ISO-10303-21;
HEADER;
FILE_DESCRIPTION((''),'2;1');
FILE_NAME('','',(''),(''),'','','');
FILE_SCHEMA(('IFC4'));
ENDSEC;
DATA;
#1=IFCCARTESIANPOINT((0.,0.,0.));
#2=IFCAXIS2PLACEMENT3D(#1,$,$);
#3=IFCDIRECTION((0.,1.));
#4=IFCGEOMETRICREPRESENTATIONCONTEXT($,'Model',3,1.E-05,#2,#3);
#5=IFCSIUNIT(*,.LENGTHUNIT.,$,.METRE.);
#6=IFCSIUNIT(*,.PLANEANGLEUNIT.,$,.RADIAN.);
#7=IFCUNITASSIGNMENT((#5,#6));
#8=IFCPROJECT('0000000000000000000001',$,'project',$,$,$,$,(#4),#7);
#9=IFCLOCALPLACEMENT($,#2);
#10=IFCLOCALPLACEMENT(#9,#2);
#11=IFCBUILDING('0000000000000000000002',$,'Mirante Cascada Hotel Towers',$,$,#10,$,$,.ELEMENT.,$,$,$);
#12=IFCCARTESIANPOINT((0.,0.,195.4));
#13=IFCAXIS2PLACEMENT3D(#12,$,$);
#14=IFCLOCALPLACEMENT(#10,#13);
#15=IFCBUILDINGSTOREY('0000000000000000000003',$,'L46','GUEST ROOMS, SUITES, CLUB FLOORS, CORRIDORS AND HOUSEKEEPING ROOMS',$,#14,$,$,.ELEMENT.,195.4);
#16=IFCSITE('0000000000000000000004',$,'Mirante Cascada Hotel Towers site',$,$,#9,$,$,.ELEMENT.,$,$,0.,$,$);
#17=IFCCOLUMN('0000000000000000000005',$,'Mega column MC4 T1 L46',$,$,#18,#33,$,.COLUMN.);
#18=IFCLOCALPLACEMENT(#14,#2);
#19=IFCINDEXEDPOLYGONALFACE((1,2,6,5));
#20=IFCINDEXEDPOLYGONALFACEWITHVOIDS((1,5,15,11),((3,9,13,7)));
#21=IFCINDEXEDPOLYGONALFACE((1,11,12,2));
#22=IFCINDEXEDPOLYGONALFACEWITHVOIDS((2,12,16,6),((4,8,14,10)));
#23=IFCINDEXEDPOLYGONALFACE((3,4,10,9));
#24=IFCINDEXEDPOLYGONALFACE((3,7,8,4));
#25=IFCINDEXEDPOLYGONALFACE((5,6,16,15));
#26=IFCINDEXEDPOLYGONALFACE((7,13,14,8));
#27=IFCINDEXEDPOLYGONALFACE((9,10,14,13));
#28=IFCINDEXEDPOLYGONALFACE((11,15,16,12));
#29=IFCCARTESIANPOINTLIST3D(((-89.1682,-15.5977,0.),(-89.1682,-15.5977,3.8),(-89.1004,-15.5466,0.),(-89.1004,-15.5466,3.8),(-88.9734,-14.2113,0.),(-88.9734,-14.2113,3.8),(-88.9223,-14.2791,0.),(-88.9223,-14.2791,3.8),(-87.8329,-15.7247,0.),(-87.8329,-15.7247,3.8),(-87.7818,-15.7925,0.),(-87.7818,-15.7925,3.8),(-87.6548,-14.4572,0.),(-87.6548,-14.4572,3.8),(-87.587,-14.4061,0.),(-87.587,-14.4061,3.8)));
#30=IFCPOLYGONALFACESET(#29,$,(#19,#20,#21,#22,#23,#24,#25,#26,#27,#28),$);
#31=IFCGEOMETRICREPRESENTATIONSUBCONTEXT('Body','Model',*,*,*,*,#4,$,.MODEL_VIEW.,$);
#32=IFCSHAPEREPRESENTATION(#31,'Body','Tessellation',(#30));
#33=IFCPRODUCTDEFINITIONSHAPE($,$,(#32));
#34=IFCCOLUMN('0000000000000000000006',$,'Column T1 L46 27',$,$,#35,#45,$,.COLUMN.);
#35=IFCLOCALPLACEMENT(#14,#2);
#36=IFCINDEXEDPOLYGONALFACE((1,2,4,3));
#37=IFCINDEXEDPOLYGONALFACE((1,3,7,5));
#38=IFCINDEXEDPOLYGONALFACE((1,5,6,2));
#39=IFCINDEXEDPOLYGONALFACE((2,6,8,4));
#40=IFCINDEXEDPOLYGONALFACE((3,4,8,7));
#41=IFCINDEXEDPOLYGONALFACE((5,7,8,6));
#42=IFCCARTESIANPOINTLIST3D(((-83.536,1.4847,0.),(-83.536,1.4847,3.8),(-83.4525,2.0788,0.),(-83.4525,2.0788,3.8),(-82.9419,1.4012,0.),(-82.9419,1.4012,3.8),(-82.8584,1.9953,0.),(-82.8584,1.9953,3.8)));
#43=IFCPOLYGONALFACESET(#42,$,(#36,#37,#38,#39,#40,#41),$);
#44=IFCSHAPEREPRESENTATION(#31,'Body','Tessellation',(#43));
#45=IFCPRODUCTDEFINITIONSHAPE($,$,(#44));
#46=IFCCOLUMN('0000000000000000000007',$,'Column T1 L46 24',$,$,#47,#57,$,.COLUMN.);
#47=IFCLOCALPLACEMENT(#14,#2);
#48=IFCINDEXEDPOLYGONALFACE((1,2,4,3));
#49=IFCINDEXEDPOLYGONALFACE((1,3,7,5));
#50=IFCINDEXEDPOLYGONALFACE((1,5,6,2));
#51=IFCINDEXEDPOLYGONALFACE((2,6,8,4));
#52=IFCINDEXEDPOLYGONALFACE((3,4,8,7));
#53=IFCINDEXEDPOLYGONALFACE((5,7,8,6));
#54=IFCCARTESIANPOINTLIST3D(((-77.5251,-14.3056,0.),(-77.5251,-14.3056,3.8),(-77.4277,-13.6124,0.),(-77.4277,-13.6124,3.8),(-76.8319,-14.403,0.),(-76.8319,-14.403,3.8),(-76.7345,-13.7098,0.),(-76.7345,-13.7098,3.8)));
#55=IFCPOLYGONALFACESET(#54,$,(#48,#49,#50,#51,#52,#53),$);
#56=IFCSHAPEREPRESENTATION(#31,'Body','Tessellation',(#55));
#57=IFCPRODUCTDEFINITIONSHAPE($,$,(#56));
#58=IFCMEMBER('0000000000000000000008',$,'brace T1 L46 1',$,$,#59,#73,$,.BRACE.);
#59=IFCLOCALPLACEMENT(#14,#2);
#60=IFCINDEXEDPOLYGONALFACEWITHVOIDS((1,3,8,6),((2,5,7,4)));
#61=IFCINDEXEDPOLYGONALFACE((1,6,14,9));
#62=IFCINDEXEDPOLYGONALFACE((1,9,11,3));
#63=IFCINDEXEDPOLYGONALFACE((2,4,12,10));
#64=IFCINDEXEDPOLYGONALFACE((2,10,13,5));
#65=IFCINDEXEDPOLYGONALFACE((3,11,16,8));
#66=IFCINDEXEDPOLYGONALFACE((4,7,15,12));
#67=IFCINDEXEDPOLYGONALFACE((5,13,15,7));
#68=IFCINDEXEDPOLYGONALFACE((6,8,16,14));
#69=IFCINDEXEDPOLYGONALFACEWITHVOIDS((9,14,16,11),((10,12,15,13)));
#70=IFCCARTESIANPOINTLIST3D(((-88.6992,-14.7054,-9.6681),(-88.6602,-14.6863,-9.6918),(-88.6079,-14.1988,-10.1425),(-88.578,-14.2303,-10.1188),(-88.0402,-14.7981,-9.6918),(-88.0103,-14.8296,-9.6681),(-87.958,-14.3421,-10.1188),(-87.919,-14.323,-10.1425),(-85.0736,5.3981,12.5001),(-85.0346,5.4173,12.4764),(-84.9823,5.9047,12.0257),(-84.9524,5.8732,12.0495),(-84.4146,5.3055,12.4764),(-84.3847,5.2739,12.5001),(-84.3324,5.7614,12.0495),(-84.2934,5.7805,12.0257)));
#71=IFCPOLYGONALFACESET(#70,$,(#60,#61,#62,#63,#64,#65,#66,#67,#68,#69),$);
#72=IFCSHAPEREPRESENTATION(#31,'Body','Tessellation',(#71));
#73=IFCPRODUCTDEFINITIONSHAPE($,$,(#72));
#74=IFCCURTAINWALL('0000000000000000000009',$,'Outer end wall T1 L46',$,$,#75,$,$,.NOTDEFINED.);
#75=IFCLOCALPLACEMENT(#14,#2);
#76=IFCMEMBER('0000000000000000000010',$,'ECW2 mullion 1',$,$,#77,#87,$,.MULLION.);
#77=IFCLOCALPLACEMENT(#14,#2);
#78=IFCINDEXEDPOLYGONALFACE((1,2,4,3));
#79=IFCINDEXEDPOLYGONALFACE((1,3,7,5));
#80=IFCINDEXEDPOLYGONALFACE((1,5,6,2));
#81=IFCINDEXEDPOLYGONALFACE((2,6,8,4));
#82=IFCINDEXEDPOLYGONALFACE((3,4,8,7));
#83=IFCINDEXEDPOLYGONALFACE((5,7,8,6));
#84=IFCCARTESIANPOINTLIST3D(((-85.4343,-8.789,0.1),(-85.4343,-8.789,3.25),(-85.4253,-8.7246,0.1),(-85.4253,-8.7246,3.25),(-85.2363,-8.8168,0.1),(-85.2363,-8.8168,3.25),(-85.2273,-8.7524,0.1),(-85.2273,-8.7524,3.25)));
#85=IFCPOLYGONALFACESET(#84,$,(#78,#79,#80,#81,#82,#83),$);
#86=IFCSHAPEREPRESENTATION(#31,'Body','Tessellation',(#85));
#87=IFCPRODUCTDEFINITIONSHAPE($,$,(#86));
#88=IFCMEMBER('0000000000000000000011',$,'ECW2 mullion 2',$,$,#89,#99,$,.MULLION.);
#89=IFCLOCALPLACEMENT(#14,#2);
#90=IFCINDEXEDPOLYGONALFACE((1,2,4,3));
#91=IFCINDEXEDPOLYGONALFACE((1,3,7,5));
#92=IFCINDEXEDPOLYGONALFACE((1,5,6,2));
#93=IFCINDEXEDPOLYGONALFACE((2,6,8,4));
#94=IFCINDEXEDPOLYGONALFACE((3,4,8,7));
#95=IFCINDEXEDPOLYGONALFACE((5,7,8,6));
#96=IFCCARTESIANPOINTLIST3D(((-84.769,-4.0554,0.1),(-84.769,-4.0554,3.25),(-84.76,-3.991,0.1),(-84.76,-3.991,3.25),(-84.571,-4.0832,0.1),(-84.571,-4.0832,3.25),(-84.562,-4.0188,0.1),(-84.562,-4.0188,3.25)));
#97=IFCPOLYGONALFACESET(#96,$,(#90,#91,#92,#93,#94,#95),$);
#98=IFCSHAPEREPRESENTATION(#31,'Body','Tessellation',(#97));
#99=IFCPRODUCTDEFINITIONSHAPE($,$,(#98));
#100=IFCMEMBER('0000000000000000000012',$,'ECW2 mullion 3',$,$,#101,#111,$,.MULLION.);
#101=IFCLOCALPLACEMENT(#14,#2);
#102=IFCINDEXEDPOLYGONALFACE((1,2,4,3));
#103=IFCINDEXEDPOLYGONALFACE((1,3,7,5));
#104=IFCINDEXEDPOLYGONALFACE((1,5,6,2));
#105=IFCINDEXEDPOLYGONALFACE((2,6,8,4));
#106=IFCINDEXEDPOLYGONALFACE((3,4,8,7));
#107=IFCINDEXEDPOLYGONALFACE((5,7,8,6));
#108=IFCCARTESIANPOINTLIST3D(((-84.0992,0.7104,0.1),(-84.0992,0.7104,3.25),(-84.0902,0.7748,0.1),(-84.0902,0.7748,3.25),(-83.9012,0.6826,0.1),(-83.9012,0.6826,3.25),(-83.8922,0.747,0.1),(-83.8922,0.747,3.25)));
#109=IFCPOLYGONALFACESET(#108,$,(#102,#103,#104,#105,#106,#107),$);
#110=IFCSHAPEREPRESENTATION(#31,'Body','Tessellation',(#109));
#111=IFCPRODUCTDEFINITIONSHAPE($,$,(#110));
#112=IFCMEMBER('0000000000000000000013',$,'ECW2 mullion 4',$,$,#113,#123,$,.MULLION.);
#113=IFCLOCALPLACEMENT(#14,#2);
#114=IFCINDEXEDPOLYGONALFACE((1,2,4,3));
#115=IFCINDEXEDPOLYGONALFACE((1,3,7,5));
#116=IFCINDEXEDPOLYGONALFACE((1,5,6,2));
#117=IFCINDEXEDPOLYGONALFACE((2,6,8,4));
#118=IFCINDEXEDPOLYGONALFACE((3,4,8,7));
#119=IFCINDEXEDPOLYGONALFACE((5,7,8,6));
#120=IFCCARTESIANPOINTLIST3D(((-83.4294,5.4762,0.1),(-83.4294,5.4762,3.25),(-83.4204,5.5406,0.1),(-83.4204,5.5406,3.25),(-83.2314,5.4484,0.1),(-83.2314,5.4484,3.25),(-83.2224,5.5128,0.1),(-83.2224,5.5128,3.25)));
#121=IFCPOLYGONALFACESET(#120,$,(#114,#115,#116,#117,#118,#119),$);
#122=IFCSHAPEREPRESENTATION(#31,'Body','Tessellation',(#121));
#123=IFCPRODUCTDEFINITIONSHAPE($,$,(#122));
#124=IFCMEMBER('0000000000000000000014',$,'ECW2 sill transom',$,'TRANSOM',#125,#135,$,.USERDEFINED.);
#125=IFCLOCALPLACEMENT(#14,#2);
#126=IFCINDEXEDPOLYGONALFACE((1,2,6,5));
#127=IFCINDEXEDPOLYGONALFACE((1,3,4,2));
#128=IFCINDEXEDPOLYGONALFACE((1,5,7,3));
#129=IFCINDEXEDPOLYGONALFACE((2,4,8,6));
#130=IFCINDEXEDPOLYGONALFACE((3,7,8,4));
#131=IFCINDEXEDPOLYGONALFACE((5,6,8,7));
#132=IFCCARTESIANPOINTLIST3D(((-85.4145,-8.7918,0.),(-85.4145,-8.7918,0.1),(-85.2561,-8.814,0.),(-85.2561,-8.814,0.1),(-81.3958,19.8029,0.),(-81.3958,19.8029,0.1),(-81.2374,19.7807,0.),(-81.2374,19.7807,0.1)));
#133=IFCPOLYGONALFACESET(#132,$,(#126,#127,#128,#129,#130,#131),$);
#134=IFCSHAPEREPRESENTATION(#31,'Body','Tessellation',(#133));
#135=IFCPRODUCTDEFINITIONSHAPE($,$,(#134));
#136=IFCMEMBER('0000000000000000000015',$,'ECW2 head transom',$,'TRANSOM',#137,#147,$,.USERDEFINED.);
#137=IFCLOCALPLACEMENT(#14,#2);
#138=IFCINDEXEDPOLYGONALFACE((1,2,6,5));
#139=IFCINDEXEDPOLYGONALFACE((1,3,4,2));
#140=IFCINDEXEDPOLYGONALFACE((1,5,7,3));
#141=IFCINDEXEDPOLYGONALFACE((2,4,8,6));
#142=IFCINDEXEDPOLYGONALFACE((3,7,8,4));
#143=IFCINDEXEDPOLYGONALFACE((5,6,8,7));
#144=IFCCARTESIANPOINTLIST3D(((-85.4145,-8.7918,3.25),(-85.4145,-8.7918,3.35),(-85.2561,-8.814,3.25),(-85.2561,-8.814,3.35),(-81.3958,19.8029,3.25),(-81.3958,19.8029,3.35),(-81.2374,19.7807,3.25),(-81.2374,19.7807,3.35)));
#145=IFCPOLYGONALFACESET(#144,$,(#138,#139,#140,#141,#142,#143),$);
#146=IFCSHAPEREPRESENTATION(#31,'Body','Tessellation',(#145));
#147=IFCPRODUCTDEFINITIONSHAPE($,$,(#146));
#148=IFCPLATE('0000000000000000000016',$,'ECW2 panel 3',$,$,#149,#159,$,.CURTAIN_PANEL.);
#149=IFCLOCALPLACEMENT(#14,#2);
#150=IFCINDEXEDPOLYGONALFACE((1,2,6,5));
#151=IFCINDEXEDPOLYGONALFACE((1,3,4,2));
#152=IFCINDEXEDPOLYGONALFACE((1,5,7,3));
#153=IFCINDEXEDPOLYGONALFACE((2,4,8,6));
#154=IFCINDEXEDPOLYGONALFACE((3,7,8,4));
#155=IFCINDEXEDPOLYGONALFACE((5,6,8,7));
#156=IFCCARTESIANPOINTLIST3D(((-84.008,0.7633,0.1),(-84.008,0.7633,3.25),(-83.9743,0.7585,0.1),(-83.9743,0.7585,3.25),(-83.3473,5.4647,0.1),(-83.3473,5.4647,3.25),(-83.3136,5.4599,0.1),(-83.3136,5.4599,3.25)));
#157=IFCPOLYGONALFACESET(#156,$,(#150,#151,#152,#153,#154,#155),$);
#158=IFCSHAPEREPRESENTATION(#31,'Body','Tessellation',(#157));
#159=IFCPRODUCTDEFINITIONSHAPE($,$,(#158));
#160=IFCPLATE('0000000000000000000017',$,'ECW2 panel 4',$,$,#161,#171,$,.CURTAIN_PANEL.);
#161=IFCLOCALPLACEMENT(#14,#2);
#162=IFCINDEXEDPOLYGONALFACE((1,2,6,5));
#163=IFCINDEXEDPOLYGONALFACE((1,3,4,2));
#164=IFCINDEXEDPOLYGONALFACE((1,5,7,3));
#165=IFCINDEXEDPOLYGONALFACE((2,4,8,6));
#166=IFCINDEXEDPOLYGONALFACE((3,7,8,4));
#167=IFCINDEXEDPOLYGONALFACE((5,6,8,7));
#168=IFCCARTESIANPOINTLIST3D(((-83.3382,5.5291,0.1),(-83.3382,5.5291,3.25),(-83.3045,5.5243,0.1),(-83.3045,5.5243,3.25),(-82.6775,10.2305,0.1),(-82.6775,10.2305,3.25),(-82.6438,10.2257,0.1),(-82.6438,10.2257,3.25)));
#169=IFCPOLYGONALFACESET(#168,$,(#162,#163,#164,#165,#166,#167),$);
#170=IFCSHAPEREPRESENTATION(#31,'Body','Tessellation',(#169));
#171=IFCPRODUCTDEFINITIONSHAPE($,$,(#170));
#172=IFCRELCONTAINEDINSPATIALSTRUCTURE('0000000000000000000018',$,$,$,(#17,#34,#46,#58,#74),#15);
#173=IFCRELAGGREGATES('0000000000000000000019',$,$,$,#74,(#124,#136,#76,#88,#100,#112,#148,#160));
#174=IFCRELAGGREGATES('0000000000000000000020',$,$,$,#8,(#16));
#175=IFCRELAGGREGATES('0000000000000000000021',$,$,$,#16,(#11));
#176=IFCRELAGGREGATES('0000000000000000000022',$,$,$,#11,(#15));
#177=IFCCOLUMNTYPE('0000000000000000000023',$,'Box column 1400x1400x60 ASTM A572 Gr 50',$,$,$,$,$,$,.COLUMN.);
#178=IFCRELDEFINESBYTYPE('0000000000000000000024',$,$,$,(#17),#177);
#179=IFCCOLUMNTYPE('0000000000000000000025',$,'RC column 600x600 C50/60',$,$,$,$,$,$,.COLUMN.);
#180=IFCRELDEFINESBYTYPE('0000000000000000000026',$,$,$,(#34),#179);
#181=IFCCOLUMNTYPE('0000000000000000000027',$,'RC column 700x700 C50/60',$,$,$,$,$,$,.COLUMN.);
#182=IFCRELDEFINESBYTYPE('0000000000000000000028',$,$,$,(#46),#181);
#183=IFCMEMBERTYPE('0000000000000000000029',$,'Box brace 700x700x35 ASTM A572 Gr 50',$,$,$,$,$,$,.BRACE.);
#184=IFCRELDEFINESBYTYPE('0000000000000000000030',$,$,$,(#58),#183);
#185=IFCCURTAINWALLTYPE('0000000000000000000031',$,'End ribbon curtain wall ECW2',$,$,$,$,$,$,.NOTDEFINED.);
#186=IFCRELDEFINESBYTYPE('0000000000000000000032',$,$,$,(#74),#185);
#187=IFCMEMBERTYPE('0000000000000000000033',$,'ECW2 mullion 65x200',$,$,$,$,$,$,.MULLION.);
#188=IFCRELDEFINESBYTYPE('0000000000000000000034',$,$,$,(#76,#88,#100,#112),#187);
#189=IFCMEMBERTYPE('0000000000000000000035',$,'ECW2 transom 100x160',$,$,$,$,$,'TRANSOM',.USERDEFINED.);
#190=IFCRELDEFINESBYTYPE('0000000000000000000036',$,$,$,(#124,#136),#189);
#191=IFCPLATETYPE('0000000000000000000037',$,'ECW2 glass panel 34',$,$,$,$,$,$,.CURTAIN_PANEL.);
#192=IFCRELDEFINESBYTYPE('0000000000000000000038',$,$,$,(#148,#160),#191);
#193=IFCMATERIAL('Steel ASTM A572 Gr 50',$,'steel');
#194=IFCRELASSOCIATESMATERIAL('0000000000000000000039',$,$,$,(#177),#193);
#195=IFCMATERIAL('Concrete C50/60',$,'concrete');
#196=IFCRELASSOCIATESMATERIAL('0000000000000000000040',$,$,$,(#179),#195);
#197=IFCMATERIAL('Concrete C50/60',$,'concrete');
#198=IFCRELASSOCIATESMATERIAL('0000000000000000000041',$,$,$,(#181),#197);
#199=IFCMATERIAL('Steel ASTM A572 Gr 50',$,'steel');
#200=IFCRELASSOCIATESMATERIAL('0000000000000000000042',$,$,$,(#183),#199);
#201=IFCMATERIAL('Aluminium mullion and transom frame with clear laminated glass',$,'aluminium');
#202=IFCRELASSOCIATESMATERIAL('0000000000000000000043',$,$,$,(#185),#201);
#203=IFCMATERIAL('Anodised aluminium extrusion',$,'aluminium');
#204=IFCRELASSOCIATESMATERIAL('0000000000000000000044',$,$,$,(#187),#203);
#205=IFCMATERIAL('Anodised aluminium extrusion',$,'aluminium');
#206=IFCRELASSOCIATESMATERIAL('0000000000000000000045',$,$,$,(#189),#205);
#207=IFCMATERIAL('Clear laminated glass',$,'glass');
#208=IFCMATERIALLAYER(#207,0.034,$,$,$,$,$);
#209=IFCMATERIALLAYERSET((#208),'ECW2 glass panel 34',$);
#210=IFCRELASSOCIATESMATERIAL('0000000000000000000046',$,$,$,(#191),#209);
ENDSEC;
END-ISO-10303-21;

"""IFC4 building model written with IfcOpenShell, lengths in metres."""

from ifc_helpers import new_model, si_unit, direction, frame, origin, origin_2d, place, context, subcontext, project, spatial, rectangle, hollow_rectangle, extrude, material, layer, layer_set, material_profile, profile_set, type_object, element, aggregate, save


model = new_model("IFC4")

# Units and contexts
model_context = context("Model", 3, precision=1e-05, world=origin(), true_north=direction((0.0, 1.0)))
body_context = subcontext(model_context, "Body", "Model", "MODEL_VIEW")
ifc_project = project(units=[si_unit("LENGTHUNIT", "METRE"), si_unit("PLANEANGLEUNIT", "RADIAN")], contexts=[model_context])

# Site, building, storey
site_placement = place(None, origin())
site = spatial("IfcSite", under=ifc_project, at=site_placement, Name="Mirante Cascada Hotel Towers site", CompositionType="ELEMENT", RefElevation=0.0)
building_placement = place(site_placement, origin())
building = spatial("IfcBuilding", under=site, at=building_placement, Name="Mirante Cascada Hotel Towers", CompositionType="ELEMENT")
storey_placement = place(building_placement, frame((0.0, 0.0, 195.4)))
storey = spatial("IfcBuildingStorey", under=building, at=storey_placement, Name="L46", Description="GUEST ROOMS, SUITES, CLUB FLOORS, CORRIDORS AND HOUSEKEEPING ROOMS", CompositionType="ELEMENT", Elevation=195.4)

# Columns
ifc_material_1 = material(Name="Steel ASTM A572 Gr 50", Category="steel")
ifc_material_profile_1 = material_profile(ifc_material_1, hollow_rectangle(XDim=1.4, YDim=1.4, WallThickness=0.06, at=origin_2d()), Name="Box column 1400x1400x60 ASTM A572 Gr 50")
ifc_profile_set_1 = profile_set([ifc_material_profile_1], Name="Steel ASTM A572 Gr 50")
column_type_1 = type_object("IfcColumnType", Name="Box column 1400x1400x60 ASTM A572 Gr 50", PredefinedType="COLUMN", material=ifc_profile_set_1)
column_1_placement = place(storey_placement, frame((-88.3776, -15.0019, 0.0), z_axis=(0.0, 0.0, 1.0), x_axis=(-0.990268, 0.139173, 0.0)))
element("IfcColumn", 1, at=column_1_placement, inside=storey, type_object=column_type_1, Name="Mega column MC4 T1 L46", PredefinedType="COLUMN", context=body_context, shape_type="SweptSolid", body=[
    extrude(hollow_rectangle(XDim=1.4, YDim=1.4, WallThickness=0.06, at=origin_2d()), origin(), (0.0, 0.0, 1.0), 3.8),
])
ifc_material_2 = material(Name="Concrete C50/60", Category="concrete")
ifc_material_profile_2 = material_profile(ifc_material_2, rectangle(XDim=0.6, YDim=0.6, at=origin_2d()), Name="RC column 600x600 C50/60")
ifc_profile_set_2 = profile_set([ifc_material_profile_2], Name="Concrete C50/60")
column_type_2 = type_object("IfcColumnType", Name="RC column 600x600 C50/60", PredefinedType="COLUMN", material=ifc_profile_set_2)
column_2_placement = place(storey_placement, frame((-83.1972, 1.74, 0.0), z_axis=(0.0, 0.0, 1.0), x_axis=(-0.990268, 0.139173, 0.0)))
element("IfcColumn", 2, at=column_2_placement, inside=storey, type_object=column_type_2, Name="Column T1 L46 27", PredefinedType="COLUMN", context=body_context, shape_type="SweptSolid", body=[
    extrude(rectangle(XDim=0.6, YDim=0.6, at=origin_2d()), origin(), (0.0, 0.0, 1.0), 3.8),
])
ifc_material_3 = material(Name="Concrete C50/60", Category="concrete")
ifc_material_profile_3 = material_profile(ifc_material_3, rectangle(XDim=0.7, YDim=0.7, at=origin_2d()), Name="RC column 700x700 C50/60")
ifc_profile_set_3 = profile_set([ifc_material_profile_3], Name="Concrete C50/60")
column_type_3 = type_object("IfcColumnType", Name="RC column 700x700 C50/60", PredefinedType="COLUMN", material=ifc_profile_set_3)
column_3_placement = place(storey_placement, frame((-77.1298, -14.0077, 0.0), z_axis=(0.0, 0.0, 1.0), x_axis=(-0.990268, 0.139173, 0.0)))
element("IfcColumn", 3, at=column_3_placement, inside=storey, type_object=column_type_3, Name="Column T1 L46 24", PredefinedType="COLUMN", context=body_context, shape_type="SweptSolid", body=[
    extrude(rectangle(XDim=0.7, YDim=0.7, at=origin_2d()), origin(), (0.0, 0.0, 1.0), 3.8),
])

# Member
ifc_material_4 = material(Name="Steel ASTM A572 Gr 50", Category="steel")
ifc_material_profile_4 = material_profile(ifc_material_4, hollow_rectangle(XDim=0.7, YDim=0.7, WallThickness=0.035, at=origin_2d()), Name="Box brace 700x700x35 ASTM A572 Gr 50")
ifc_profile_set_4 = profile_set([ifc_material_profile_4], Name="Steel ASTM A572 Gr 50")
member_type_1 = type_object("IfcMemberType", Name="Box brace 700x700x35 ASTM A572 Gr 50", PredefinedType="BRACE", material=ifc_profile_set_4)
member_1_placement = place(storey_placement, frame((-88.3091, -14.5142, -9.9053), z_axis=(0.120272, 0.666892, 0.735384), x_axis=(-0.984124, 0.177483, 0.0)))
element("IfcMember", 4, at=member_1_placement, inside=storey, type_object=member_type_1, Name="brace T1 L46 1", PredefinedType="BRACE", context=body_context, shape_type="SweptSolid", body=[
    extrude(hollow_rectangle(XDim=0.7, YDim=0.7, WallThickness=0.035, at=origin_2d()), origin(), (0.0, 0.0, 1.0), 30.1451),
])

# Curtain wall, members, plates
ifc_material_5 = material(Name="Aluminium mullion and transom frame with clear laminated glass", Category="aluminium")
curtain_wall_type = type_object("IfcCurtainWallType", Name="End ribbon curtain wall ECW2", PredefinedType="NOTDEFINED", material=ifc_material_5)
curtain_wall_placement = place(storey_placement, origin())
curtain_wall = element("IfcCurtainWall", 5, at=curtain_wall_placement, inside=storey, type_object=curtain_wall_type, Name="Outer end wall T1 L46", PredefinedType="NOTDEFINED")
ifc_material_6 = material(Name="Anodised aluminium extrusion", Category="aluminium")
ifc_material_profile_5 = material_profile(ifc_material_6, rectangle(XDim=0.2, YDim=0.065, at=origin_2d()), Name="ECW2 MULLION 65x200")
ifc_profile_set_5 = profile_set([ifc_material_profile_5], Name="Anodised aluminium extrusion")
member_type_2 = type_object("IfcMemberType", Name="ECW2 mullion 65x200", PredefinedType="MULLION", material=ifc_profile_set_5)
member_2_placement = place(storey_placement, frame((-85.3308, -8.7707, 0.1), z_axis=(0.0, 0.0, 1.0), x_axis=(-0.990268, 0.139173, 0.0)))
member_2 = element("IfcMember", 6, at=member_2_placement, type_object=member_type_2, Name="ECW2 mullion 1", PredefinedType="MULLION", context=body_context, shape_type="SweptSolid", body=[
    extrude(rectangle(XDim=0.2, YDim=0.065, at=origin_2d()), origin(), (0.0, 0.0, 1.0), 3.15),
])
member_3_placement = place(storey_placement, frame((-84.6655, -4.0371, 0.1), z_axis=(0.0, 0.0, 1.0), x_axis=(-0.990268, 0.139173, 0.0)))
member_3 = element("IfcMember", 7, at=member_3_placement, type_object=member_type_2, Name="ECW2 mullion 2", PredefinedType="MULLION", context=body_context, shape_type="SweptSolid", body=[
    extrude(rectangle(XDim=0.2, YDim=0.065, at=origin_2d()), origin(), (0.0, 0.0, 1.0), 3.15),
])
member_4_placement = place(storey_placement, frame((-83.9957, 0.7287, 0.1), z_axis=(0.0, 0.0, 1.0), x_axis=(-0.990268, 0.139173, 0.0)))
member_4 = element("IfcMember", 8, at=member_4_placement, type_object=member_type_2, Name="ECW2 mullion 3", PredefinedType="MULLION", context=body_context, shape_type="SweptSolid", body=[
    extrude(rectangle(XDim=0.2, YDim=0.065, at=origin_2d()), origin(), (0.0, 0.0, 1.0), 3.15),
])
member_5_placement = place(storey_placement, frame((-83.3259, 5.4945, 0.1), z_axis=(0.0, 0.0, 1.0), x_axis=(-0.990268, 0.139173, 0.0)))
member_5 = element("IfcMember", 9, at=member_5_placement, type_object=member_type_2, Name="ECW2 mullion 4", PredefinedType="MULLION", context=body_context, shape_type="SweptSolid", body=[
    extrude(rectangle(XDim=0.2, YDim=0.065, at=origin_2d()), origin(), (0.0, 0.0, 1.0), 3.15),
])
ifc_material_7 = material(Name="Anodised aluminium extrusion", Category="aluminium")
ifc_material_profile_6 = material_profile(ifc_material_7, rectangle(XDim=0.16, YDim=0.1, at=origin_2d()), Name="ECW2 TRANSOM 100x160")
ifc_profile_set_6 = profile_set([ifc_material_profile_6], Name="Anodised aluminium extrusion")
member_type_3 = type_object("IfcMemberType", Name="ECW2 transom 100x160", ElementType="TRANSOM", PredefinedType="USERDEFINED", material=ifc_profile_set_6)
member_6_placement = place(storey_placement, frame((-85.3353, -8.8029, 0.05), z_axis=(0.139172, 0.990268, 0.0), x_axis=(-0.990268, 0.139172, 0.0)))
member_6 = element("IfcMember", 10, at=member_6_placement, type_object=member_type_3, Name="ECW2 sill transom", ObjectType="TRANSOM", PredefinedType="USERDEFINED", context=body_context, shape_type="SweptSolid", body=[
    extrude(rectangle(XDim=0.16, YDim=0.1, at=origin_2d()), origin(), (0.0, 0.0, 1.0), 28.8757),
])
member_7_placement = place(storey_placement, frame((-85.3353, -8.8029, 3.3), z_axis=(0.139172, 0.990268, 0.0), x_axis=(-0.990268, 0.139172, 0.0)))
member_7 = element("IfcMember", 11, at=member_7_placement, type_object=member_type_3, Name="ECW2 head transom", ObjectType="TRANSOM", PredefinedType="USERDEFINED", context=body_context, shape_type="SweptSolid", body=[
    extrude(rectangle(XDim=0.16, YDim=0.1, at=origin_2d()), origin(), (0.0, 0.0, 1.0), 28.8757),
])
ifc_material_8 = material(Name="Clear laminated glass", Category="glass")
ifc_layer_1 = layer(ifc_material_8, 0.034)
ifc_layer_set_1 = layer_set([ifc_layer_1], Name="ECW2 glass panel 34")
plate_type_1 = type_object("IfcPlateType", Name="ECW2 glass panel 34", PredefinedType="CURTAIN_PANEL", material=ifc_layer_set_1)
plate_1_placement = place(storey_placement, frame((-83.6608, 3.1116, 0.1), z_axis=(0.0, 0.0, 1.0), x_axis=(0.139173, 0.990268, 0.0)))
plate_1 = element("IfcPlate", 12, at=plate_1_placement, type_object=plate_type_1, Name="ECW2 panel 3", PredefinedType="CURTAIN_PANEL", context=body_context, shape_type="SweptSolid", body=[
    extrude(rectangle(XDim=4.7476, YDim=0.034, at=origin_2d()), origin(), (0.0, 0.0, 1.0), 3.15),
])
plate_2_placement = place(storey_placement, frame((-82.991, 7.8774, 0.1), z_axis=(0.0, 0.0, 1.0), x_axis=(0.139173, 0.990268, 0.0)))
plate_2 = element("IfcPlate", 13, at=plate_2_placement, type_object=plate_type_1, Name="ECW2 panel 4", PredefinedType="CURTAIN_PANEL", context=body_context, shape_type="SweptSolid", body=[
    extrude(rectangle(XDim=4.7476, YDim=0.034, at=origin_2d()), origin(), (0.0, 0.0, 1.0), 3.15),
])
aggregate(curtain_wall, [member_6, member_7, member_2, member_3, member_4, member_5, plate_1, plate_2])

save(model, "model.ifc")
